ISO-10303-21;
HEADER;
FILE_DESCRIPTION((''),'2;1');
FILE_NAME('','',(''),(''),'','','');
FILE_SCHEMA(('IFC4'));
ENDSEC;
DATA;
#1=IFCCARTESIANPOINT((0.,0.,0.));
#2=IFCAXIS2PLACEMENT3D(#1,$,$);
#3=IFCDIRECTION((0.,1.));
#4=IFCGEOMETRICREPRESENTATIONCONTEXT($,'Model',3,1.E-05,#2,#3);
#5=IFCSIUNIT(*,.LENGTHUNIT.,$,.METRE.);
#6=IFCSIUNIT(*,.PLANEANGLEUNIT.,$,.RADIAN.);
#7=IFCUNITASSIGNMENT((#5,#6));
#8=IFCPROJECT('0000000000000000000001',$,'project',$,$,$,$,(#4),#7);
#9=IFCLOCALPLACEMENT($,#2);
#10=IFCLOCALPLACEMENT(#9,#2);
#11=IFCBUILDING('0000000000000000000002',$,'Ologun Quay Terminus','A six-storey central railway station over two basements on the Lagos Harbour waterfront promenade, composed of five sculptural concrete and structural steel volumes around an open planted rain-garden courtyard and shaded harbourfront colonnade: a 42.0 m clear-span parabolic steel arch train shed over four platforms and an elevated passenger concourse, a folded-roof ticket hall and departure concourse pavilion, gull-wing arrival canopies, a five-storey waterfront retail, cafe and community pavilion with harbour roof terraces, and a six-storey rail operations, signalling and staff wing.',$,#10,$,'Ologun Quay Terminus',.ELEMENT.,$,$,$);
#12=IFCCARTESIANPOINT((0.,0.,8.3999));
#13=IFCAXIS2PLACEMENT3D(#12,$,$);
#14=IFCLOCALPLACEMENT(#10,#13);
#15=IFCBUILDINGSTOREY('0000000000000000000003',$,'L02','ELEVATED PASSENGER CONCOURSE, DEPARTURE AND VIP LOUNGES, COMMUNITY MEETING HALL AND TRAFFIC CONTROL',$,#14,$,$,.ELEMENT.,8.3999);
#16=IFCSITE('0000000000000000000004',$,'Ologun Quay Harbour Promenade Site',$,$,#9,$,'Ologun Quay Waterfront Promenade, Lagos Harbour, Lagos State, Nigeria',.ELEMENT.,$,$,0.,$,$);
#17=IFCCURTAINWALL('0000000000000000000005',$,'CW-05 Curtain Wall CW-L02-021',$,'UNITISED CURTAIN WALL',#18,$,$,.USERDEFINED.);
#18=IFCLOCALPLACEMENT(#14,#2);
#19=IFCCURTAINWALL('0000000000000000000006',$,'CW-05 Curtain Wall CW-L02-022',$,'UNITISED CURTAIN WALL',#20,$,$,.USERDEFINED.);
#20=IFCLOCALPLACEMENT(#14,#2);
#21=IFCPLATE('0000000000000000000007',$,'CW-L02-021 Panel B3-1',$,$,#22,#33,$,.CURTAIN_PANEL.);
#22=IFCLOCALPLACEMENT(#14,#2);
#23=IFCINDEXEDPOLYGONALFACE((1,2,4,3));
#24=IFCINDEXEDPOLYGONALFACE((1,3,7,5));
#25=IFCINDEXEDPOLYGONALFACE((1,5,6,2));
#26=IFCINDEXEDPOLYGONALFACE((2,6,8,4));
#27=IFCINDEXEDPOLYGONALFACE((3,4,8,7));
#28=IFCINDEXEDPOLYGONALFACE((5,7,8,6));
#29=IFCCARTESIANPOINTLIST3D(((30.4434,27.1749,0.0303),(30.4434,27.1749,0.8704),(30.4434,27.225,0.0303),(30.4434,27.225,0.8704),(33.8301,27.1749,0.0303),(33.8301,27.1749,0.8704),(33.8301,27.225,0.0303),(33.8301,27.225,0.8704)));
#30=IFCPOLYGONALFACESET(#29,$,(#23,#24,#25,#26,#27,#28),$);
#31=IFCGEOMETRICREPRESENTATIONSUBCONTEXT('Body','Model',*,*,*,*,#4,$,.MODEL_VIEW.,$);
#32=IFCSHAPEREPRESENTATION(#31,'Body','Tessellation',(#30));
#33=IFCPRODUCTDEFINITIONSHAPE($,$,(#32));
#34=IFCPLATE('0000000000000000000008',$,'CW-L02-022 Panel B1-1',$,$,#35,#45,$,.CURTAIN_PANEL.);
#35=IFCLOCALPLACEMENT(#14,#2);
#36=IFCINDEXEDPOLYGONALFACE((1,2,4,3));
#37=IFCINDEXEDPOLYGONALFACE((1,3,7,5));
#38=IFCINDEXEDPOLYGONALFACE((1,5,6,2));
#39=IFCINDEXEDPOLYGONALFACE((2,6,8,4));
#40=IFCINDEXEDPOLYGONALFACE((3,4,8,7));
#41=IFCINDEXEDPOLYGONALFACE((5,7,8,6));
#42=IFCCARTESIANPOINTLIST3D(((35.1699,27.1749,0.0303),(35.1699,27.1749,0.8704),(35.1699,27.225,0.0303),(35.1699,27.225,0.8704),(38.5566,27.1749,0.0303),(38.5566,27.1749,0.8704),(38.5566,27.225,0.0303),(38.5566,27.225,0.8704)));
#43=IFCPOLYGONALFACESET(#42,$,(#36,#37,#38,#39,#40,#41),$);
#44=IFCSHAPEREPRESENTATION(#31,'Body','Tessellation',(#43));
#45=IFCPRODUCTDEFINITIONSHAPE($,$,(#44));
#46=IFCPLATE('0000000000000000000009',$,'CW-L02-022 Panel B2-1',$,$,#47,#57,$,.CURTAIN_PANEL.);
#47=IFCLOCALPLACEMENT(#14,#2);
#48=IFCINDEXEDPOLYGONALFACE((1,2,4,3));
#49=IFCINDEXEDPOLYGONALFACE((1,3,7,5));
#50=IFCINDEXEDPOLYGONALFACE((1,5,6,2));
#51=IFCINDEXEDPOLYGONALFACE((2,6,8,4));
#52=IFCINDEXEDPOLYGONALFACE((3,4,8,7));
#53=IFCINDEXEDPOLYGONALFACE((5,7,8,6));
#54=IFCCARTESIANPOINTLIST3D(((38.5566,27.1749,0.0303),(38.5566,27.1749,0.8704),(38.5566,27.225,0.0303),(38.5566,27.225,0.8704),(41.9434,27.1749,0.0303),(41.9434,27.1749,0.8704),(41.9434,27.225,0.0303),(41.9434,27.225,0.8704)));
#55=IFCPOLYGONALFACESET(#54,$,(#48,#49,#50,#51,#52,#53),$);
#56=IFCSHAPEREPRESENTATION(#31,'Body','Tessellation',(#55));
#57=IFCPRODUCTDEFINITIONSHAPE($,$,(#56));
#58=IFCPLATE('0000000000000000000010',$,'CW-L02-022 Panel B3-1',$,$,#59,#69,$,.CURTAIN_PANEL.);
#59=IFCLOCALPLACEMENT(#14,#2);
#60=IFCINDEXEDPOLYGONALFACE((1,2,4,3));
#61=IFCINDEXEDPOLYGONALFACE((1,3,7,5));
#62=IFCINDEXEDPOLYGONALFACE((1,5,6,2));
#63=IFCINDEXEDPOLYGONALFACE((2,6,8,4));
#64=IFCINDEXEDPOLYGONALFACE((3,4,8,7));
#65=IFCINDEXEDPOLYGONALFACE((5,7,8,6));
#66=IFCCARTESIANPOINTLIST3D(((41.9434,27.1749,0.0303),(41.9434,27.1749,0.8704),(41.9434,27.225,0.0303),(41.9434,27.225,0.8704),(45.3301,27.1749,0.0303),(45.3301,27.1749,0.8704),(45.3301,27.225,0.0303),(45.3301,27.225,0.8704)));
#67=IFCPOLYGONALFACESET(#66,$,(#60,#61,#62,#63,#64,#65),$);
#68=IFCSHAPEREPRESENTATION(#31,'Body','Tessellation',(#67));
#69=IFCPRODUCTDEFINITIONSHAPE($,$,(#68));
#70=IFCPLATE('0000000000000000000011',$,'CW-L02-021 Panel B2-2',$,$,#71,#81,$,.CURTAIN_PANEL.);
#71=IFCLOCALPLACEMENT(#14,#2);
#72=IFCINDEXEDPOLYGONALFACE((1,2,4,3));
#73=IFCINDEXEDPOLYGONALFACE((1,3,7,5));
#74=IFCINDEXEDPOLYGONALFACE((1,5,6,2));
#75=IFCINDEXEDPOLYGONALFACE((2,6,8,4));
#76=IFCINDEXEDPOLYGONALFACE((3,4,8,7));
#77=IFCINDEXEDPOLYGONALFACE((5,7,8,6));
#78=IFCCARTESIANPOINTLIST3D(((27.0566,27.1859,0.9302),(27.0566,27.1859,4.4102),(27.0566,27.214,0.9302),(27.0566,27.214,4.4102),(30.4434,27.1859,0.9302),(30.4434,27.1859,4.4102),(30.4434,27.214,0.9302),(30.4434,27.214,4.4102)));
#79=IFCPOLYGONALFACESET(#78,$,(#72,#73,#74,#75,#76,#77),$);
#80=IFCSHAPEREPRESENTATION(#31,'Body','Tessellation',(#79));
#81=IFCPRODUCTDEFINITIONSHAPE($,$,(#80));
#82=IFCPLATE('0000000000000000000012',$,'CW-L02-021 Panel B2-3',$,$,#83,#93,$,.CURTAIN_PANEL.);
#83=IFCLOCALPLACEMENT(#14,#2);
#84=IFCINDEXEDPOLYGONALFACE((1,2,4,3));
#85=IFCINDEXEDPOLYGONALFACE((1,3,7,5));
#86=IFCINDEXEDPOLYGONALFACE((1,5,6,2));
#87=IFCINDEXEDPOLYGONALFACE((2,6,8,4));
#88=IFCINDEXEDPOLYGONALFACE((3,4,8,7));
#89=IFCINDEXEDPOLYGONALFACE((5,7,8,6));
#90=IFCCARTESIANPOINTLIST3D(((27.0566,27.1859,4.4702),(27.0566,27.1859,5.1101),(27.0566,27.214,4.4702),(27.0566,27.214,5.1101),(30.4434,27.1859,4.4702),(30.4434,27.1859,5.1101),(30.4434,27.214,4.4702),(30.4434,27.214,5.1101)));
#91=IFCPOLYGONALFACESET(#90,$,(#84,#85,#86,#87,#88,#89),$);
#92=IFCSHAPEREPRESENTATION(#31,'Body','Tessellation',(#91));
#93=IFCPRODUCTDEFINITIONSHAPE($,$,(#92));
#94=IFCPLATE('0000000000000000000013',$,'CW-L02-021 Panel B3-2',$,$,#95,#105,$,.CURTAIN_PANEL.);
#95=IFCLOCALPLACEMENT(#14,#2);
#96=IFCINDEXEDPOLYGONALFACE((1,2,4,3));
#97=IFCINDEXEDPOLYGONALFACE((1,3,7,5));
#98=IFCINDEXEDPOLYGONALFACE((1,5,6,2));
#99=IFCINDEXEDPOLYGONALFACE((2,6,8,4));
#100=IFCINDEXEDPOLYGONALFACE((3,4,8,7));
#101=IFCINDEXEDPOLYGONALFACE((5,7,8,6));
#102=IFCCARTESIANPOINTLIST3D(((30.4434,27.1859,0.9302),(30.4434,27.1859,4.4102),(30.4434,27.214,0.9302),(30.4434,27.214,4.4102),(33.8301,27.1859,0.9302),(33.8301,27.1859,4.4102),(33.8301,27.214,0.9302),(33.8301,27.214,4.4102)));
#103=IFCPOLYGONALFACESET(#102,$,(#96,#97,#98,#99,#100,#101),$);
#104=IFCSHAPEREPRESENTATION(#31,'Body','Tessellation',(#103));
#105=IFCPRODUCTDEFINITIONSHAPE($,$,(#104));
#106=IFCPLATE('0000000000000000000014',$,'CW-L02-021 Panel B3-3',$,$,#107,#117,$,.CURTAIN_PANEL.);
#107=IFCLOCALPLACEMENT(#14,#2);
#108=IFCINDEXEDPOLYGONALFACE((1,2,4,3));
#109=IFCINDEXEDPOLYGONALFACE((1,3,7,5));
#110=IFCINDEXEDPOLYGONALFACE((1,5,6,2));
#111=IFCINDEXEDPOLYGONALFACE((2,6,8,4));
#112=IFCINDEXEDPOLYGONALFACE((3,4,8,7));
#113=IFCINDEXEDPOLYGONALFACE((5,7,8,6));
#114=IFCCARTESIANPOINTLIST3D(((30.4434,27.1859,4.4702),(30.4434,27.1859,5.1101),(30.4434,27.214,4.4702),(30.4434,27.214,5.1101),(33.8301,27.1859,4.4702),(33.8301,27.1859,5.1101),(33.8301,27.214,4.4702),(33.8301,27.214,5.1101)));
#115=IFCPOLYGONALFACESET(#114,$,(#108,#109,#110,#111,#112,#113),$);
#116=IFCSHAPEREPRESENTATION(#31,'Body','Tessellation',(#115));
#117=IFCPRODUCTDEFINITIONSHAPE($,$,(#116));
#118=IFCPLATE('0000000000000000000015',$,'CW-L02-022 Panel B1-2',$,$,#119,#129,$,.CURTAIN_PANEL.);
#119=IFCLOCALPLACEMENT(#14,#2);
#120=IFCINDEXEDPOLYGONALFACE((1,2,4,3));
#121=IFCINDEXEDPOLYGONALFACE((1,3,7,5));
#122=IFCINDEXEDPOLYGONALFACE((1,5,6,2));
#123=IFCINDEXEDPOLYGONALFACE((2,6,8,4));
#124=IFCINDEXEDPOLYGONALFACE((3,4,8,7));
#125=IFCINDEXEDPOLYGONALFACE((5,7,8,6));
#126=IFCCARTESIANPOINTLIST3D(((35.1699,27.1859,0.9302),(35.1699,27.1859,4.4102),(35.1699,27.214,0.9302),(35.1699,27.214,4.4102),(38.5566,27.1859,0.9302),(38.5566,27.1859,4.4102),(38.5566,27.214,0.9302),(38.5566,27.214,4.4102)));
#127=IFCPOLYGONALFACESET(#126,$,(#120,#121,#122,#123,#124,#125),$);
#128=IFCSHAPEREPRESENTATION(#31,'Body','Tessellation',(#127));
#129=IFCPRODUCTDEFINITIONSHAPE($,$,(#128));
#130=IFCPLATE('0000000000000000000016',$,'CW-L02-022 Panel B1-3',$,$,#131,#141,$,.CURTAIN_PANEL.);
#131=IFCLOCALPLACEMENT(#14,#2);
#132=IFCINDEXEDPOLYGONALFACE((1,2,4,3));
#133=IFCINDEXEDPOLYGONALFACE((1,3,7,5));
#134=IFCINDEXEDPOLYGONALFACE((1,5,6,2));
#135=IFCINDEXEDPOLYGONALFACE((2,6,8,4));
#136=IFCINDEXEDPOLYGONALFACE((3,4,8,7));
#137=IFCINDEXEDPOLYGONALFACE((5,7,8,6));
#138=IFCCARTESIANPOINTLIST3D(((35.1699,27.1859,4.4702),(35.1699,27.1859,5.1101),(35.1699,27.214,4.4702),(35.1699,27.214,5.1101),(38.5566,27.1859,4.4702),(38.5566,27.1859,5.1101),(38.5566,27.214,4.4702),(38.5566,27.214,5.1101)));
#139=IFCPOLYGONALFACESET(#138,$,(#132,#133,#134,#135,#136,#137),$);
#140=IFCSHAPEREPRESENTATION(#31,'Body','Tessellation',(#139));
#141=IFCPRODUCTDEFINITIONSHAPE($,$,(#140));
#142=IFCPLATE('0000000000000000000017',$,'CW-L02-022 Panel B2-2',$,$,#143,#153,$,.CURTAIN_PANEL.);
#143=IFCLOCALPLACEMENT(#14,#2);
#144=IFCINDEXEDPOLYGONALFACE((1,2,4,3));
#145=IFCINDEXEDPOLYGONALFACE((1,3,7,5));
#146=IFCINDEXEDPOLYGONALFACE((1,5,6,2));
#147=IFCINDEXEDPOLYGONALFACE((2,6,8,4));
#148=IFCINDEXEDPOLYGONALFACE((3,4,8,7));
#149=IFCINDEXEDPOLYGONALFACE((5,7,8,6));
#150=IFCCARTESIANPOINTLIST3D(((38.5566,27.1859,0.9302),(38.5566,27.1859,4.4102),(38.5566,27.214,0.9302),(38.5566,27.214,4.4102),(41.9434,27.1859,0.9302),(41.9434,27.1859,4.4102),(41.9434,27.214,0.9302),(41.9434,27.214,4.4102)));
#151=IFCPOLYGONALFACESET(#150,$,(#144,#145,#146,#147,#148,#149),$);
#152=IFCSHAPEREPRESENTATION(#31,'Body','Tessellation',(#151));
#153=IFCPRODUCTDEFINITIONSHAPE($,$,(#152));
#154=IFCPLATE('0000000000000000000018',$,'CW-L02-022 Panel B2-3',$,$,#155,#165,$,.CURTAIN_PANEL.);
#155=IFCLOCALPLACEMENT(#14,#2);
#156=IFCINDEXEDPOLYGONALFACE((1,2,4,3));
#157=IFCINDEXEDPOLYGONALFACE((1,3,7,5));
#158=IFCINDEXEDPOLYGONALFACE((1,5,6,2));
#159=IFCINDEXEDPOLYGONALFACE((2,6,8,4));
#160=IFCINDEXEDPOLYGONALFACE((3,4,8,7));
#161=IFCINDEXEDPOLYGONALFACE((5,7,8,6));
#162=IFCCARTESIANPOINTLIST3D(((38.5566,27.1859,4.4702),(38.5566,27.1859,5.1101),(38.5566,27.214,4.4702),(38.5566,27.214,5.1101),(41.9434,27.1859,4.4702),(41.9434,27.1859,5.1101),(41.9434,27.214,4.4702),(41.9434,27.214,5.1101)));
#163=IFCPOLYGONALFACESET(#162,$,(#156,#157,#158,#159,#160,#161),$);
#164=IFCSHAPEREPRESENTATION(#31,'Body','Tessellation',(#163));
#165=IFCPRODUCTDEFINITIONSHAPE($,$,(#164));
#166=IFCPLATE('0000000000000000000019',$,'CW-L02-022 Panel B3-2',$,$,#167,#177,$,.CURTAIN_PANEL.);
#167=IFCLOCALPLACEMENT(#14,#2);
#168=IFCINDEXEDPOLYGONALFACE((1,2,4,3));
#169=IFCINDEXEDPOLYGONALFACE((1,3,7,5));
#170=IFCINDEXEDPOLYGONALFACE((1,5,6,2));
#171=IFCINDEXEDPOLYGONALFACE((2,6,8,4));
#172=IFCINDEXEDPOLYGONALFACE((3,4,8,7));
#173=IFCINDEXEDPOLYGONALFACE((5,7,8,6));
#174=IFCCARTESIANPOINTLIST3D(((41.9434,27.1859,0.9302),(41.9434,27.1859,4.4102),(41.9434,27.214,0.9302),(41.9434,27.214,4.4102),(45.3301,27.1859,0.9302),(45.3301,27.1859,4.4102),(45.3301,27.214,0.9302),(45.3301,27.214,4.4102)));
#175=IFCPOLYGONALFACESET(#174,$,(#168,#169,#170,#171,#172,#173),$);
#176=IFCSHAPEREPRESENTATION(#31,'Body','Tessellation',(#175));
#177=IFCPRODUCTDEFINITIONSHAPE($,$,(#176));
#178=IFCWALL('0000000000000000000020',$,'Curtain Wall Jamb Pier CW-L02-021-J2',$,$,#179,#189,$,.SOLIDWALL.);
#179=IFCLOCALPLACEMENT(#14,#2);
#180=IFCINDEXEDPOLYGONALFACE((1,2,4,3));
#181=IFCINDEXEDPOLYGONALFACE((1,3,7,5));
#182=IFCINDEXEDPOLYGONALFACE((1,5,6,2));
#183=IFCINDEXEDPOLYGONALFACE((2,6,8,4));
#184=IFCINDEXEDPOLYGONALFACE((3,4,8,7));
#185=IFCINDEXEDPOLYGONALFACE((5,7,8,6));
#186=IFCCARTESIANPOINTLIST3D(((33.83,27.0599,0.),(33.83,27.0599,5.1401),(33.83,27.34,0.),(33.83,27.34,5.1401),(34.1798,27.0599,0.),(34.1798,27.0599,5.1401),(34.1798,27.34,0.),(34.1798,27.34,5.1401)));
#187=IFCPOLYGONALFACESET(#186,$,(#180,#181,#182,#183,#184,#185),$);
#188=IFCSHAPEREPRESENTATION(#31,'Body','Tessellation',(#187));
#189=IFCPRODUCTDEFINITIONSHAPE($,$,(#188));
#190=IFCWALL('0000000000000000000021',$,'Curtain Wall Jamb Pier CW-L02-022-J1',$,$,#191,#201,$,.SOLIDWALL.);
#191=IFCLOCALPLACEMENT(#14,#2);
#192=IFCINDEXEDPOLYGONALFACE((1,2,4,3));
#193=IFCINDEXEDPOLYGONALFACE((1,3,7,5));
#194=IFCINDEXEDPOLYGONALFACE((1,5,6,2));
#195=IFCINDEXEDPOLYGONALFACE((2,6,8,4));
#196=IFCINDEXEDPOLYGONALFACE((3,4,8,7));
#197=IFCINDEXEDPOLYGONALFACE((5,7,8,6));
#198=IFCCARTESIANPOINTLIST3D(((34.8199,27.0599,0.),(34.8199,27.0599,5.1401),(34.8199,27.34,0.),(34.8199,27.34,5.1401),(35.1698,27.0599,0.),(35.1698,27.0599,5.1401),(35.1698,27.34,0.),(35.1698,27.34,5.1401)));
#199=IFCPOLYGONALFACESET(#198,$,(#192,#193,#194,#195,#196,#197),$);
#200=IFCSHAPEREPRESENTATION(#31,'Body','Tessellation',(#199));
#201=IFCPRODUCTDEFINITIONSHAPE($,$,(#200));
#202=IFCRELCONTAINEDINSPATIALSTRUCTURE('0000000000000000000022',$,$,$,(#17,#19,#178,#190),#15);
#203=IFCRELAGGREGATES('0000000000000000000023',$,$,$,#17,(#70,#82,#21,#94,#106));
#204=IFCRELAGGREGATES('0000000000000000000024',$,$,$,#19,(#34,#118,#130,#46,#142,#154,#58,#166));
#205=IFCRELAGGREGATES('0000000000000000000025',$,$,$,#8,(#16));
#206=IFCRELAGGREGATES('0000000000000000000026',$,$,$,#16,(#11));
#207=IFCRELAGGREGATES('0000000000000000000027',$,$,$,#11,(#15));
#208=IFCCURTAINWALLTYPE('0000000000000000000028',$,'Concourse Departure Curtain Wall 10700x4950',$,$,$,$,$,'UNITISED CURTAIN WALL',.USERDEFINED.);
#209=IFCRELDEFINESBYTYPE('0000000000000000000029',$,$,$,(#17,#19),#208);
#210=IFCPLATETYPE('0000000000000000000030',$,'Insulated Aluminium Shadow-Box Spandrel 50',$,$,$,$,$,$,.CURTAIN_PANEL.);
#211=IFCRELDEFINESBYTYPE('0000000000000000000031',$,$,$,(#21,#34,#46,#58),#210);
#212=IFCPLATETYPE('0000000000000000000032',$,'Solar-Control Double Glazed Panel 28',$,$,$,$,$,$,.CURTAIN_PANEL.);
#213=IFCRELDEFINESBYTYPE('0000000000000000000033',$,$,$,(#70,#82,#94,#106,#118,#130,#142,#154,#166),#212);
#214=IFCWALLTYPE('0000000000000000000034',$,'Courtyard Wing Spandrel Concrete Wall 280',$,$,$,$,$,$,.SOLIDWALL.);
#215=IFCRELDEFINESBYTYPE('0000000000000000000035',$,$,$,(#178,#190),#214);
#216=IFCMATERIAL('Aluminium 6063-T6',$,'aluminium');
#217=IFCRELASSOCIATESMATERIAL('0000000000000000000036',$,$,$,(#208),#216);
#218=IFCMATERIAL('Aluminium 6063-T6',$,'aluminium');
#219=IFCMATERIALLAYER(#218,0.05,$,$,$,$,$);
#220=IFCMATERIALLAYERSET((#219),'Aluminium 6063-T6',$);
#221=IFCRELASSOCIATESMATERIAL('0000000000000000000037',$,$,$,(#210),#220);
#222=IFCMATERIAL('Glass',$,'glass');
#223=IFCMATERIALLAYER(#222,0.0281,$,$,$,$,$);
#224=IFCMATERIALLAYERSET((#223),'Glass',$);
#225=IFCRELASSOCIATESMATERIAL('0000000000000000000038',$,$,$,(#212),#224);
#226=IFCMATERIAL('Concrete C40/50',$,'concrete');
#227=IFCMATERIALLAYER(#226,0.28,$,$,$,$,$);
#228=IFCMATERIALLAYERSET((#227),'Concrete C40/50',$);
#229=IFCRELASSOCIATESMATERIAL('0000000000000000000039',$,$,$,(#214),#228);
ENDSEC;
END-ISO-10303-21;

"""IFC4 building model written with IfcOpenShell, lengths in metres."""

from ifc_helpers import new_model, si_unit, direction, frame, frame_2d, origin, origin_2d, place, context, subcontext, project, spatial, rectangle, extrude, material, layer, layer_set, type_object, element, aggregate, save


model = new_model("IFC4")

# Units and contexts
model_context = context("Model", 3, precision=1e-05, world=origin(), true_north=direction((0.0, 1.0)))
body_context = subcontext(model_context, "Body", "Model", "MODEL_VIEW")
ifc_project = project(units=[si_unit("LENGTHUNIT", "METRE"), si_unit("PLANEANGLEUNIT", "RADIAN")], contexts=[model_context])

# Site, building, storey
site_placement = place(None, origin())
site = spatial("IfcSite", under=ifc_project, at=site_placement, Name="Ologun Quay Harbour Promenade Site", LongName="Ologun Quay Waterfront Promenade, Lagos Harbour, Lagos State, Nigeria", CompositionType="ELEMENT", RefElevation=0.0)
building_placement = place(site_placement, origin())
building = spatial("IfcBuilding", under=site, at=building_placement, Name="Ologun Quay Terminus", Description="A six-storey central railway station over two basements on the Lagos Harbour waterfront promenade, composed of five sculptural concrete and structural steel volumes around an open planted rain-garden courtyard and shaded harbourfront colonnade: a 42.0 m clear-span parabolic steel arch train shed over four platforms and an elevated passenger concourse, a folded-roof ticket hall and departure concourse pavilion, gull-wing arrival canopies, a five-storey waterfront retail, cafe and community pavilion with harbour roof terraces, and a six-storey rail operations, signalling and staff wing.", LongName="Ologun Quay Terminus", CompositionType="ELEMENT")
storey_placement = place(building_placement, frame((0.0, 0.0, 8.3999)))
storey = spatial("IfcBuildingStorey", under=building, at=storey_placement, Name="L02", Description="ELEVATED PASSENGER CONCOURSE, DEPARTURE AND VIP LOUNGES, COMMUNITY MEETING HALL AND TRAFFIC CONTROL", CompositionType="ELEMENT", Elevation=8.3999)

# Curtain walls
ifc_material_1 = material(Name="Aluminium 6063-T6", Category="aluminium")
curtain_wall_type = type_object("IfcCurtainWallType", Name="Concourse Departure Curtain Wall 10700x4950", ElementType="UNITISED CURTAIN WALL", PredefinedType="USERDEFINED", material=ifc_material_1)
curtain_wall_1_placement = place(storey_placement, origin())
curtain_wall_1 = element("IfcCurtainWall", 1, at=curtain_wall_1_placement, inside=storey, type_object=curtain_wall_type, Name="CW-05 Curtain Wall CW-L02-021", ObjectType="UNITISED CURTAIN WALL", PredefinedType="USERDEFINED")
curtain_wall_2_placement = place(storey_placement, origin())
curtain_wall_2 = element("IfcCurtainWall", 2, at=curtain_wall_2_placement, inside=storey, type_object=curtain_wall_type, Name="CW-05 Curtain Wall CW-L02-022", ObjectType="UNITISED CURTAIN WALL", PredefinedType="USERDEFINED")

# Plates
ifc_material_2 = material(Name="Aluminium 6063-T6", Category="aluminium")
ifc_layer_1 = layer(ifc_material_2, 0.05)
ifc_layer_set_1 = layer_set([ifc_layer_1], Name="Aluminium 6063-T6")
plate_type_1 = type_object("IfcPlateType", Name="Insulated Aluminium Shadow-Box Spandrel 50", PredefinedType="CURTAIN_PANEL", material=ifc_layer_set_1)
plate_1_placement = place(storey_placement, frame((32.1367, 27.2, 0.0303), z_axis=(0.0, 0.0, 1.0), x_axis=(1.0, 0.0, 0.0)))
plate_1 = element("IfcPlate", 3, at=plate_1_placement, type_object=plate_type_1, Name="CW-L02-021 Panel B3-1", PredefinedType="CURTAIN_PANEL", context=body_context, shape_type="SweptSolid", body=[
    extrude(rectangle(XDim=3.3867, YDim=0.05, at=origin_2d()), origin(), (0.0, 0.0, 1.0), 0.8401),
])
plate_2_placement = place(storey_placement, frame((36.8633, 27.2, 0.0303), z_axis=(0.0, 0.0, 1.0), x_axis=(1.0, 0.0, 0.0)))
plate_2 = element("IfcPlate", 4, at=plate_2_placement, type_object=plate_type_1, Name="CW-L02-022 Panel B1-1", PredefinedType="CURTAIN_PANEL", context=body_context, shape_type="SweptSolid", body=[
    extrude(rectangle(XDim=3.3867, YDim=0.05, at=origin_2d()), origin(), (0.0, 0.0, 1.0), 0.8401),
])
plate_3_placement = place(storey_placement, frame((40.25, 27.2, 0.0303), z_axis=(0.0, 0.0, 1.0), x_axis=(1.0, 0.0, 0.0)))
plate_3 = element("IfcPlate", 5, at=plate_3_placement, type_object=plate_type_1, Name="CW-L02-022 Panel B2-1", PredefinedType="CURTAIN_PANEL", context=body_context, shape_type="SweptSolid", body=[
    extrude(rectangle(XDim=3.3867, YDim=0.05, at=origin_2d()), origin(), (0.0, 0.0, 1.0), 0.8401),
])
plate_4_placement = place(storey_placement, frame((43.6367, 27.2, 0.0303), z_axis=(0.0, 0.0, 1.0), x_axis=(1.0, 0.0, 0.0)))
plate_4 = element("IfcPlate", 6, at=plate_4_placement, type_object=plate_type_1, Name="CW-L02-022 Panel B3-1", PredefinedType="CURTAIN_PANEL", context=body_context, shape_type="SweptSolid", body=[
    extrude(rectangle(XDim=3.3867, YDim=0.05, at=origin_2d()), origin(), (0.0, 0.0, 1.0), 0.8401),
])
ifc_material_3 = material(Name="Glass", Category="glass")
ifc_layer_2 = layer(ifc_material_3, 0.0281)
ifc_layer_set_2 = layer_set([ifc_layer_2], Name="Glass")
plate_type_2 = type_object("IfcPlateType", Name="Solar-Control Double Glazed Panel 28", PredefinedType="CURTAIN_PANEL", material=ifc_layer_set_2)
plate_5_placement = place(storey_placement, frame((28.75, 27.2, 0.9302), z_axis=(0.0, 0.0, 1.0), x_axis=(1.0, 0.0, 0.0)))
plate_5 = element("IfcPlate", 7, at=plate_5_placement, type_object=plate_type_2, Name="CW-L02-021 Panel B2-2", PredefinedType="CURTAIN_PANEL", context=body_context, shape_type="SweptSolid", body=[
    extrude(rectangle(XDim=3.3867, YDim=0.0281, at=origin_2d()), origin(), (0.0, 0.0, 1.0), 3.48),
])
plate_6_placement = place(storey_placement, frame((28.75, 27.2, 4.4702), z_axis=(0.0, 0.0, 1.0), x_axis=(1.0, 0.0, 0.0)))
plate_6 = element("IfcPlate", 8, at=plate_6_placement, type_object=plate_type_2, Name="CW-L02-021 Panel B2-3", PredefinedType="CURTAIN_PANEL", context=body_context, shape_type="SweptSolid", body=[
    extrude(rectangle(XDim=3.3867, YDim=0.0281, at=origin_2d()), origin(), (0.0, 0.0, 1.0), 0.6399),
])
plate_7_placement = place(storey_placement, frame((32.1367, 27.2, 0.9302), z_axis=(0.0, 0.0, 1.0), x_axis=(1.0, 0.0, 0.0)))
plate_7 = element("IfcPlate", 9, at=plate_7_placement, type_object=plate_type_2, Name="CW-L02-021 Panel B3-2", PredefinedType="CURTAIN_PANEL", context=body_context, shape_type="SweptSolid", body=[
    extrude(rectangle(XDim=3.3867, YDim=0.0281, at=origin_2d()), origin(), (0.0, 0.0, 1.0), 3.48),
])
plate_8_placement = place(storey_placement, frame((32.1367, 27.2, 4.4702), z_axis=(0.0, 0.0, 1.0), x_axis=(1.0, 0.0, 0.0)))
plate_8 = element("IfcPlate", 10, at=plate_8_placement, type_object=plate_type_2, Name="CW-L02-021 Panel B3-3", PredefinedType="CURTAIN_PANEL", context=body_context, shape_type="SweptSolid", body=[
    extrude(rectangle(XDim=3.3867, YDim=0.0281, at=origin_2d()), origin(), (0.0, 0.0, 1.0), 0.6399),
])
aggregate(curtain_wall_1, [plate_5, plate_6, plate_1, plate_7, plate_8])
plate_9_placement = place(storey_placement, frame((36.8633, 27.2, 0.9302), z_axis=(0.0, 0.0, 1.0), x_axis=(1.0, 0.0, 0.0)))
plate_9 = element("IfcPlate", 11, at=plate_9_placement, type_object=plate_type_2, Name="CW-L02-022 Panel B1-2", PredefinedType="CURTAIN_PANEL", context=body_context, shape_type="SweptSolid", body=[
    extrude(rectangle(XDim=3.3867, YDim=0.0281, at=origin_2d()), origin(), (0.0, 0.0, 1.0), 3.48),
])
plate_10_placement = place(storey_placement, frame((36.8633, 27.2, 4.4702), z_axis=(0.0, 0.0, 1.0), x_axis=(1.0, 0.0, 0.0)))
plate_10 = element("IfcPlate", 12, at=plate_10_placement, type_object=plate_type_2, Name="CW-L02-022 Panel B1-3", PredefinedType="CURTAIN_PANEL", context=body_context, shape_type="SweptSolid", body=[
    extrude(rectangle(XDim=3.3867, YDim=0.0281, at=origin_2d()), origin(), (0.0, 0.0, 1.0), 0.6399),
])
plate_11_placement = place(storey_placement, frame((40.25, 27.2, 0.9302), z_axis=(0.0, 0.0, 1.0), x_axis=(1.0, 0.0, 0.0)))
plate_11 = element("IfcPlate", 13, at=plate_11_placement, type_object=plate_type_2, Name="CW-L02-022 Panel B2-2", PredefinedType="CURTAIN_PANEL", context=body_context, shape_type="SweptSolid", body=[
    extrude(rectangle(XDim=3.3867, YDim=0.0281, at=origin_2d()), origin(), (0.0, 0.0, 1.0), 3.48),
])
plate_12_placement = place(storey_placement, frame((40.25, 27.2, 4.4702), z_axis=(0.0, 0.0, 1.0), x_axis=(1.0, 0.0, 0.0)))
plate_12 = element("IfcPlate", 14, at=plate_12_placement, type_object=plate_type_2, Name="CW-L02-022 Panel B2-3", PredefinedType="CURTAIN_PANEL", context=body_context, shape_type="SweptSolid", body=[
    extrude(rectangle(XDim=3.3867, YDim=0.0281, at=origin_2d()), origin(), (0.0, 0.0, 1.0), 0.6399),
])
plate_13_placement = place(storey_placement, frame((43.6367, 27.2, 0.9302), z_axis=(0.0, 0.0, 1.0), x_axis=(1.0, 0.0, 0.0)))
plate_13 = element("IfcPlate", 15, at=plate_13_placement, type_object=plate_type_2, Name="CW-L02-022 Panel B3-2", PredefinedType="CURTAIN_PANEL", context=body_context, shape_type="SweptSolid", body=[
    extrude(rectangle(XDim=3.3867, YDim=0.0281, at=origin_2d()), origin(), (0.0, 0.0, 1.0), 3.48),
])
aggregate(curtain_wall_2, [plate_2, plate_9, plate_10, plate_3, plate_11, plate_12, plate_4, plate_13])

# Walls
ifc_material_4 = material(Name="Concrete C40/50", Category="concrete")
ifc_layer_3 = layer(ifc_material_4, 0.28)
ifc_layer_set_3 = layer_set([ifc_layer_3], Name="Concrete C40/50")
wall_type = type_object("IfcWallType", Name="Courtyard Wing Spandrel Concrete Wall 280", PredefinedType="SOLIDWALL", material=ifc_layer_set_3)
for number, where, z_axis, x_axis, name in (
    (16, (33.8301, 27.2, 0.0), (0.0, 0.0, 1.0), (1.0, 0.0, 0.0), "Curtain Wall Jamb Pier CW-L02-021-J2"),
    (17, (34.8201, 27.2, 0.0), (0.0, 0.0, 1.0), (1.0, 0.0, 0.0), "Curtain Wall Jamb Pier CW-L02-022-J1"),
):
    element("IfcWall", number, at=place(storey_placement, frame(where, z_axis=z_axis, x_axis=x_axis)), inside=storey, type_object=wall_type, Name=name, PredefinedType="SOLIDWALL", context=body_context, shape_type="SweptSolid", body=[
        extrude(rectangle(XDim=0.3499, YDim=0.28, at=frame_2d((0.1748, 0.0))), origin(), (0.0, 0.0, 1.0), 5.1401),
    ])

save(model, "model.ifc")
